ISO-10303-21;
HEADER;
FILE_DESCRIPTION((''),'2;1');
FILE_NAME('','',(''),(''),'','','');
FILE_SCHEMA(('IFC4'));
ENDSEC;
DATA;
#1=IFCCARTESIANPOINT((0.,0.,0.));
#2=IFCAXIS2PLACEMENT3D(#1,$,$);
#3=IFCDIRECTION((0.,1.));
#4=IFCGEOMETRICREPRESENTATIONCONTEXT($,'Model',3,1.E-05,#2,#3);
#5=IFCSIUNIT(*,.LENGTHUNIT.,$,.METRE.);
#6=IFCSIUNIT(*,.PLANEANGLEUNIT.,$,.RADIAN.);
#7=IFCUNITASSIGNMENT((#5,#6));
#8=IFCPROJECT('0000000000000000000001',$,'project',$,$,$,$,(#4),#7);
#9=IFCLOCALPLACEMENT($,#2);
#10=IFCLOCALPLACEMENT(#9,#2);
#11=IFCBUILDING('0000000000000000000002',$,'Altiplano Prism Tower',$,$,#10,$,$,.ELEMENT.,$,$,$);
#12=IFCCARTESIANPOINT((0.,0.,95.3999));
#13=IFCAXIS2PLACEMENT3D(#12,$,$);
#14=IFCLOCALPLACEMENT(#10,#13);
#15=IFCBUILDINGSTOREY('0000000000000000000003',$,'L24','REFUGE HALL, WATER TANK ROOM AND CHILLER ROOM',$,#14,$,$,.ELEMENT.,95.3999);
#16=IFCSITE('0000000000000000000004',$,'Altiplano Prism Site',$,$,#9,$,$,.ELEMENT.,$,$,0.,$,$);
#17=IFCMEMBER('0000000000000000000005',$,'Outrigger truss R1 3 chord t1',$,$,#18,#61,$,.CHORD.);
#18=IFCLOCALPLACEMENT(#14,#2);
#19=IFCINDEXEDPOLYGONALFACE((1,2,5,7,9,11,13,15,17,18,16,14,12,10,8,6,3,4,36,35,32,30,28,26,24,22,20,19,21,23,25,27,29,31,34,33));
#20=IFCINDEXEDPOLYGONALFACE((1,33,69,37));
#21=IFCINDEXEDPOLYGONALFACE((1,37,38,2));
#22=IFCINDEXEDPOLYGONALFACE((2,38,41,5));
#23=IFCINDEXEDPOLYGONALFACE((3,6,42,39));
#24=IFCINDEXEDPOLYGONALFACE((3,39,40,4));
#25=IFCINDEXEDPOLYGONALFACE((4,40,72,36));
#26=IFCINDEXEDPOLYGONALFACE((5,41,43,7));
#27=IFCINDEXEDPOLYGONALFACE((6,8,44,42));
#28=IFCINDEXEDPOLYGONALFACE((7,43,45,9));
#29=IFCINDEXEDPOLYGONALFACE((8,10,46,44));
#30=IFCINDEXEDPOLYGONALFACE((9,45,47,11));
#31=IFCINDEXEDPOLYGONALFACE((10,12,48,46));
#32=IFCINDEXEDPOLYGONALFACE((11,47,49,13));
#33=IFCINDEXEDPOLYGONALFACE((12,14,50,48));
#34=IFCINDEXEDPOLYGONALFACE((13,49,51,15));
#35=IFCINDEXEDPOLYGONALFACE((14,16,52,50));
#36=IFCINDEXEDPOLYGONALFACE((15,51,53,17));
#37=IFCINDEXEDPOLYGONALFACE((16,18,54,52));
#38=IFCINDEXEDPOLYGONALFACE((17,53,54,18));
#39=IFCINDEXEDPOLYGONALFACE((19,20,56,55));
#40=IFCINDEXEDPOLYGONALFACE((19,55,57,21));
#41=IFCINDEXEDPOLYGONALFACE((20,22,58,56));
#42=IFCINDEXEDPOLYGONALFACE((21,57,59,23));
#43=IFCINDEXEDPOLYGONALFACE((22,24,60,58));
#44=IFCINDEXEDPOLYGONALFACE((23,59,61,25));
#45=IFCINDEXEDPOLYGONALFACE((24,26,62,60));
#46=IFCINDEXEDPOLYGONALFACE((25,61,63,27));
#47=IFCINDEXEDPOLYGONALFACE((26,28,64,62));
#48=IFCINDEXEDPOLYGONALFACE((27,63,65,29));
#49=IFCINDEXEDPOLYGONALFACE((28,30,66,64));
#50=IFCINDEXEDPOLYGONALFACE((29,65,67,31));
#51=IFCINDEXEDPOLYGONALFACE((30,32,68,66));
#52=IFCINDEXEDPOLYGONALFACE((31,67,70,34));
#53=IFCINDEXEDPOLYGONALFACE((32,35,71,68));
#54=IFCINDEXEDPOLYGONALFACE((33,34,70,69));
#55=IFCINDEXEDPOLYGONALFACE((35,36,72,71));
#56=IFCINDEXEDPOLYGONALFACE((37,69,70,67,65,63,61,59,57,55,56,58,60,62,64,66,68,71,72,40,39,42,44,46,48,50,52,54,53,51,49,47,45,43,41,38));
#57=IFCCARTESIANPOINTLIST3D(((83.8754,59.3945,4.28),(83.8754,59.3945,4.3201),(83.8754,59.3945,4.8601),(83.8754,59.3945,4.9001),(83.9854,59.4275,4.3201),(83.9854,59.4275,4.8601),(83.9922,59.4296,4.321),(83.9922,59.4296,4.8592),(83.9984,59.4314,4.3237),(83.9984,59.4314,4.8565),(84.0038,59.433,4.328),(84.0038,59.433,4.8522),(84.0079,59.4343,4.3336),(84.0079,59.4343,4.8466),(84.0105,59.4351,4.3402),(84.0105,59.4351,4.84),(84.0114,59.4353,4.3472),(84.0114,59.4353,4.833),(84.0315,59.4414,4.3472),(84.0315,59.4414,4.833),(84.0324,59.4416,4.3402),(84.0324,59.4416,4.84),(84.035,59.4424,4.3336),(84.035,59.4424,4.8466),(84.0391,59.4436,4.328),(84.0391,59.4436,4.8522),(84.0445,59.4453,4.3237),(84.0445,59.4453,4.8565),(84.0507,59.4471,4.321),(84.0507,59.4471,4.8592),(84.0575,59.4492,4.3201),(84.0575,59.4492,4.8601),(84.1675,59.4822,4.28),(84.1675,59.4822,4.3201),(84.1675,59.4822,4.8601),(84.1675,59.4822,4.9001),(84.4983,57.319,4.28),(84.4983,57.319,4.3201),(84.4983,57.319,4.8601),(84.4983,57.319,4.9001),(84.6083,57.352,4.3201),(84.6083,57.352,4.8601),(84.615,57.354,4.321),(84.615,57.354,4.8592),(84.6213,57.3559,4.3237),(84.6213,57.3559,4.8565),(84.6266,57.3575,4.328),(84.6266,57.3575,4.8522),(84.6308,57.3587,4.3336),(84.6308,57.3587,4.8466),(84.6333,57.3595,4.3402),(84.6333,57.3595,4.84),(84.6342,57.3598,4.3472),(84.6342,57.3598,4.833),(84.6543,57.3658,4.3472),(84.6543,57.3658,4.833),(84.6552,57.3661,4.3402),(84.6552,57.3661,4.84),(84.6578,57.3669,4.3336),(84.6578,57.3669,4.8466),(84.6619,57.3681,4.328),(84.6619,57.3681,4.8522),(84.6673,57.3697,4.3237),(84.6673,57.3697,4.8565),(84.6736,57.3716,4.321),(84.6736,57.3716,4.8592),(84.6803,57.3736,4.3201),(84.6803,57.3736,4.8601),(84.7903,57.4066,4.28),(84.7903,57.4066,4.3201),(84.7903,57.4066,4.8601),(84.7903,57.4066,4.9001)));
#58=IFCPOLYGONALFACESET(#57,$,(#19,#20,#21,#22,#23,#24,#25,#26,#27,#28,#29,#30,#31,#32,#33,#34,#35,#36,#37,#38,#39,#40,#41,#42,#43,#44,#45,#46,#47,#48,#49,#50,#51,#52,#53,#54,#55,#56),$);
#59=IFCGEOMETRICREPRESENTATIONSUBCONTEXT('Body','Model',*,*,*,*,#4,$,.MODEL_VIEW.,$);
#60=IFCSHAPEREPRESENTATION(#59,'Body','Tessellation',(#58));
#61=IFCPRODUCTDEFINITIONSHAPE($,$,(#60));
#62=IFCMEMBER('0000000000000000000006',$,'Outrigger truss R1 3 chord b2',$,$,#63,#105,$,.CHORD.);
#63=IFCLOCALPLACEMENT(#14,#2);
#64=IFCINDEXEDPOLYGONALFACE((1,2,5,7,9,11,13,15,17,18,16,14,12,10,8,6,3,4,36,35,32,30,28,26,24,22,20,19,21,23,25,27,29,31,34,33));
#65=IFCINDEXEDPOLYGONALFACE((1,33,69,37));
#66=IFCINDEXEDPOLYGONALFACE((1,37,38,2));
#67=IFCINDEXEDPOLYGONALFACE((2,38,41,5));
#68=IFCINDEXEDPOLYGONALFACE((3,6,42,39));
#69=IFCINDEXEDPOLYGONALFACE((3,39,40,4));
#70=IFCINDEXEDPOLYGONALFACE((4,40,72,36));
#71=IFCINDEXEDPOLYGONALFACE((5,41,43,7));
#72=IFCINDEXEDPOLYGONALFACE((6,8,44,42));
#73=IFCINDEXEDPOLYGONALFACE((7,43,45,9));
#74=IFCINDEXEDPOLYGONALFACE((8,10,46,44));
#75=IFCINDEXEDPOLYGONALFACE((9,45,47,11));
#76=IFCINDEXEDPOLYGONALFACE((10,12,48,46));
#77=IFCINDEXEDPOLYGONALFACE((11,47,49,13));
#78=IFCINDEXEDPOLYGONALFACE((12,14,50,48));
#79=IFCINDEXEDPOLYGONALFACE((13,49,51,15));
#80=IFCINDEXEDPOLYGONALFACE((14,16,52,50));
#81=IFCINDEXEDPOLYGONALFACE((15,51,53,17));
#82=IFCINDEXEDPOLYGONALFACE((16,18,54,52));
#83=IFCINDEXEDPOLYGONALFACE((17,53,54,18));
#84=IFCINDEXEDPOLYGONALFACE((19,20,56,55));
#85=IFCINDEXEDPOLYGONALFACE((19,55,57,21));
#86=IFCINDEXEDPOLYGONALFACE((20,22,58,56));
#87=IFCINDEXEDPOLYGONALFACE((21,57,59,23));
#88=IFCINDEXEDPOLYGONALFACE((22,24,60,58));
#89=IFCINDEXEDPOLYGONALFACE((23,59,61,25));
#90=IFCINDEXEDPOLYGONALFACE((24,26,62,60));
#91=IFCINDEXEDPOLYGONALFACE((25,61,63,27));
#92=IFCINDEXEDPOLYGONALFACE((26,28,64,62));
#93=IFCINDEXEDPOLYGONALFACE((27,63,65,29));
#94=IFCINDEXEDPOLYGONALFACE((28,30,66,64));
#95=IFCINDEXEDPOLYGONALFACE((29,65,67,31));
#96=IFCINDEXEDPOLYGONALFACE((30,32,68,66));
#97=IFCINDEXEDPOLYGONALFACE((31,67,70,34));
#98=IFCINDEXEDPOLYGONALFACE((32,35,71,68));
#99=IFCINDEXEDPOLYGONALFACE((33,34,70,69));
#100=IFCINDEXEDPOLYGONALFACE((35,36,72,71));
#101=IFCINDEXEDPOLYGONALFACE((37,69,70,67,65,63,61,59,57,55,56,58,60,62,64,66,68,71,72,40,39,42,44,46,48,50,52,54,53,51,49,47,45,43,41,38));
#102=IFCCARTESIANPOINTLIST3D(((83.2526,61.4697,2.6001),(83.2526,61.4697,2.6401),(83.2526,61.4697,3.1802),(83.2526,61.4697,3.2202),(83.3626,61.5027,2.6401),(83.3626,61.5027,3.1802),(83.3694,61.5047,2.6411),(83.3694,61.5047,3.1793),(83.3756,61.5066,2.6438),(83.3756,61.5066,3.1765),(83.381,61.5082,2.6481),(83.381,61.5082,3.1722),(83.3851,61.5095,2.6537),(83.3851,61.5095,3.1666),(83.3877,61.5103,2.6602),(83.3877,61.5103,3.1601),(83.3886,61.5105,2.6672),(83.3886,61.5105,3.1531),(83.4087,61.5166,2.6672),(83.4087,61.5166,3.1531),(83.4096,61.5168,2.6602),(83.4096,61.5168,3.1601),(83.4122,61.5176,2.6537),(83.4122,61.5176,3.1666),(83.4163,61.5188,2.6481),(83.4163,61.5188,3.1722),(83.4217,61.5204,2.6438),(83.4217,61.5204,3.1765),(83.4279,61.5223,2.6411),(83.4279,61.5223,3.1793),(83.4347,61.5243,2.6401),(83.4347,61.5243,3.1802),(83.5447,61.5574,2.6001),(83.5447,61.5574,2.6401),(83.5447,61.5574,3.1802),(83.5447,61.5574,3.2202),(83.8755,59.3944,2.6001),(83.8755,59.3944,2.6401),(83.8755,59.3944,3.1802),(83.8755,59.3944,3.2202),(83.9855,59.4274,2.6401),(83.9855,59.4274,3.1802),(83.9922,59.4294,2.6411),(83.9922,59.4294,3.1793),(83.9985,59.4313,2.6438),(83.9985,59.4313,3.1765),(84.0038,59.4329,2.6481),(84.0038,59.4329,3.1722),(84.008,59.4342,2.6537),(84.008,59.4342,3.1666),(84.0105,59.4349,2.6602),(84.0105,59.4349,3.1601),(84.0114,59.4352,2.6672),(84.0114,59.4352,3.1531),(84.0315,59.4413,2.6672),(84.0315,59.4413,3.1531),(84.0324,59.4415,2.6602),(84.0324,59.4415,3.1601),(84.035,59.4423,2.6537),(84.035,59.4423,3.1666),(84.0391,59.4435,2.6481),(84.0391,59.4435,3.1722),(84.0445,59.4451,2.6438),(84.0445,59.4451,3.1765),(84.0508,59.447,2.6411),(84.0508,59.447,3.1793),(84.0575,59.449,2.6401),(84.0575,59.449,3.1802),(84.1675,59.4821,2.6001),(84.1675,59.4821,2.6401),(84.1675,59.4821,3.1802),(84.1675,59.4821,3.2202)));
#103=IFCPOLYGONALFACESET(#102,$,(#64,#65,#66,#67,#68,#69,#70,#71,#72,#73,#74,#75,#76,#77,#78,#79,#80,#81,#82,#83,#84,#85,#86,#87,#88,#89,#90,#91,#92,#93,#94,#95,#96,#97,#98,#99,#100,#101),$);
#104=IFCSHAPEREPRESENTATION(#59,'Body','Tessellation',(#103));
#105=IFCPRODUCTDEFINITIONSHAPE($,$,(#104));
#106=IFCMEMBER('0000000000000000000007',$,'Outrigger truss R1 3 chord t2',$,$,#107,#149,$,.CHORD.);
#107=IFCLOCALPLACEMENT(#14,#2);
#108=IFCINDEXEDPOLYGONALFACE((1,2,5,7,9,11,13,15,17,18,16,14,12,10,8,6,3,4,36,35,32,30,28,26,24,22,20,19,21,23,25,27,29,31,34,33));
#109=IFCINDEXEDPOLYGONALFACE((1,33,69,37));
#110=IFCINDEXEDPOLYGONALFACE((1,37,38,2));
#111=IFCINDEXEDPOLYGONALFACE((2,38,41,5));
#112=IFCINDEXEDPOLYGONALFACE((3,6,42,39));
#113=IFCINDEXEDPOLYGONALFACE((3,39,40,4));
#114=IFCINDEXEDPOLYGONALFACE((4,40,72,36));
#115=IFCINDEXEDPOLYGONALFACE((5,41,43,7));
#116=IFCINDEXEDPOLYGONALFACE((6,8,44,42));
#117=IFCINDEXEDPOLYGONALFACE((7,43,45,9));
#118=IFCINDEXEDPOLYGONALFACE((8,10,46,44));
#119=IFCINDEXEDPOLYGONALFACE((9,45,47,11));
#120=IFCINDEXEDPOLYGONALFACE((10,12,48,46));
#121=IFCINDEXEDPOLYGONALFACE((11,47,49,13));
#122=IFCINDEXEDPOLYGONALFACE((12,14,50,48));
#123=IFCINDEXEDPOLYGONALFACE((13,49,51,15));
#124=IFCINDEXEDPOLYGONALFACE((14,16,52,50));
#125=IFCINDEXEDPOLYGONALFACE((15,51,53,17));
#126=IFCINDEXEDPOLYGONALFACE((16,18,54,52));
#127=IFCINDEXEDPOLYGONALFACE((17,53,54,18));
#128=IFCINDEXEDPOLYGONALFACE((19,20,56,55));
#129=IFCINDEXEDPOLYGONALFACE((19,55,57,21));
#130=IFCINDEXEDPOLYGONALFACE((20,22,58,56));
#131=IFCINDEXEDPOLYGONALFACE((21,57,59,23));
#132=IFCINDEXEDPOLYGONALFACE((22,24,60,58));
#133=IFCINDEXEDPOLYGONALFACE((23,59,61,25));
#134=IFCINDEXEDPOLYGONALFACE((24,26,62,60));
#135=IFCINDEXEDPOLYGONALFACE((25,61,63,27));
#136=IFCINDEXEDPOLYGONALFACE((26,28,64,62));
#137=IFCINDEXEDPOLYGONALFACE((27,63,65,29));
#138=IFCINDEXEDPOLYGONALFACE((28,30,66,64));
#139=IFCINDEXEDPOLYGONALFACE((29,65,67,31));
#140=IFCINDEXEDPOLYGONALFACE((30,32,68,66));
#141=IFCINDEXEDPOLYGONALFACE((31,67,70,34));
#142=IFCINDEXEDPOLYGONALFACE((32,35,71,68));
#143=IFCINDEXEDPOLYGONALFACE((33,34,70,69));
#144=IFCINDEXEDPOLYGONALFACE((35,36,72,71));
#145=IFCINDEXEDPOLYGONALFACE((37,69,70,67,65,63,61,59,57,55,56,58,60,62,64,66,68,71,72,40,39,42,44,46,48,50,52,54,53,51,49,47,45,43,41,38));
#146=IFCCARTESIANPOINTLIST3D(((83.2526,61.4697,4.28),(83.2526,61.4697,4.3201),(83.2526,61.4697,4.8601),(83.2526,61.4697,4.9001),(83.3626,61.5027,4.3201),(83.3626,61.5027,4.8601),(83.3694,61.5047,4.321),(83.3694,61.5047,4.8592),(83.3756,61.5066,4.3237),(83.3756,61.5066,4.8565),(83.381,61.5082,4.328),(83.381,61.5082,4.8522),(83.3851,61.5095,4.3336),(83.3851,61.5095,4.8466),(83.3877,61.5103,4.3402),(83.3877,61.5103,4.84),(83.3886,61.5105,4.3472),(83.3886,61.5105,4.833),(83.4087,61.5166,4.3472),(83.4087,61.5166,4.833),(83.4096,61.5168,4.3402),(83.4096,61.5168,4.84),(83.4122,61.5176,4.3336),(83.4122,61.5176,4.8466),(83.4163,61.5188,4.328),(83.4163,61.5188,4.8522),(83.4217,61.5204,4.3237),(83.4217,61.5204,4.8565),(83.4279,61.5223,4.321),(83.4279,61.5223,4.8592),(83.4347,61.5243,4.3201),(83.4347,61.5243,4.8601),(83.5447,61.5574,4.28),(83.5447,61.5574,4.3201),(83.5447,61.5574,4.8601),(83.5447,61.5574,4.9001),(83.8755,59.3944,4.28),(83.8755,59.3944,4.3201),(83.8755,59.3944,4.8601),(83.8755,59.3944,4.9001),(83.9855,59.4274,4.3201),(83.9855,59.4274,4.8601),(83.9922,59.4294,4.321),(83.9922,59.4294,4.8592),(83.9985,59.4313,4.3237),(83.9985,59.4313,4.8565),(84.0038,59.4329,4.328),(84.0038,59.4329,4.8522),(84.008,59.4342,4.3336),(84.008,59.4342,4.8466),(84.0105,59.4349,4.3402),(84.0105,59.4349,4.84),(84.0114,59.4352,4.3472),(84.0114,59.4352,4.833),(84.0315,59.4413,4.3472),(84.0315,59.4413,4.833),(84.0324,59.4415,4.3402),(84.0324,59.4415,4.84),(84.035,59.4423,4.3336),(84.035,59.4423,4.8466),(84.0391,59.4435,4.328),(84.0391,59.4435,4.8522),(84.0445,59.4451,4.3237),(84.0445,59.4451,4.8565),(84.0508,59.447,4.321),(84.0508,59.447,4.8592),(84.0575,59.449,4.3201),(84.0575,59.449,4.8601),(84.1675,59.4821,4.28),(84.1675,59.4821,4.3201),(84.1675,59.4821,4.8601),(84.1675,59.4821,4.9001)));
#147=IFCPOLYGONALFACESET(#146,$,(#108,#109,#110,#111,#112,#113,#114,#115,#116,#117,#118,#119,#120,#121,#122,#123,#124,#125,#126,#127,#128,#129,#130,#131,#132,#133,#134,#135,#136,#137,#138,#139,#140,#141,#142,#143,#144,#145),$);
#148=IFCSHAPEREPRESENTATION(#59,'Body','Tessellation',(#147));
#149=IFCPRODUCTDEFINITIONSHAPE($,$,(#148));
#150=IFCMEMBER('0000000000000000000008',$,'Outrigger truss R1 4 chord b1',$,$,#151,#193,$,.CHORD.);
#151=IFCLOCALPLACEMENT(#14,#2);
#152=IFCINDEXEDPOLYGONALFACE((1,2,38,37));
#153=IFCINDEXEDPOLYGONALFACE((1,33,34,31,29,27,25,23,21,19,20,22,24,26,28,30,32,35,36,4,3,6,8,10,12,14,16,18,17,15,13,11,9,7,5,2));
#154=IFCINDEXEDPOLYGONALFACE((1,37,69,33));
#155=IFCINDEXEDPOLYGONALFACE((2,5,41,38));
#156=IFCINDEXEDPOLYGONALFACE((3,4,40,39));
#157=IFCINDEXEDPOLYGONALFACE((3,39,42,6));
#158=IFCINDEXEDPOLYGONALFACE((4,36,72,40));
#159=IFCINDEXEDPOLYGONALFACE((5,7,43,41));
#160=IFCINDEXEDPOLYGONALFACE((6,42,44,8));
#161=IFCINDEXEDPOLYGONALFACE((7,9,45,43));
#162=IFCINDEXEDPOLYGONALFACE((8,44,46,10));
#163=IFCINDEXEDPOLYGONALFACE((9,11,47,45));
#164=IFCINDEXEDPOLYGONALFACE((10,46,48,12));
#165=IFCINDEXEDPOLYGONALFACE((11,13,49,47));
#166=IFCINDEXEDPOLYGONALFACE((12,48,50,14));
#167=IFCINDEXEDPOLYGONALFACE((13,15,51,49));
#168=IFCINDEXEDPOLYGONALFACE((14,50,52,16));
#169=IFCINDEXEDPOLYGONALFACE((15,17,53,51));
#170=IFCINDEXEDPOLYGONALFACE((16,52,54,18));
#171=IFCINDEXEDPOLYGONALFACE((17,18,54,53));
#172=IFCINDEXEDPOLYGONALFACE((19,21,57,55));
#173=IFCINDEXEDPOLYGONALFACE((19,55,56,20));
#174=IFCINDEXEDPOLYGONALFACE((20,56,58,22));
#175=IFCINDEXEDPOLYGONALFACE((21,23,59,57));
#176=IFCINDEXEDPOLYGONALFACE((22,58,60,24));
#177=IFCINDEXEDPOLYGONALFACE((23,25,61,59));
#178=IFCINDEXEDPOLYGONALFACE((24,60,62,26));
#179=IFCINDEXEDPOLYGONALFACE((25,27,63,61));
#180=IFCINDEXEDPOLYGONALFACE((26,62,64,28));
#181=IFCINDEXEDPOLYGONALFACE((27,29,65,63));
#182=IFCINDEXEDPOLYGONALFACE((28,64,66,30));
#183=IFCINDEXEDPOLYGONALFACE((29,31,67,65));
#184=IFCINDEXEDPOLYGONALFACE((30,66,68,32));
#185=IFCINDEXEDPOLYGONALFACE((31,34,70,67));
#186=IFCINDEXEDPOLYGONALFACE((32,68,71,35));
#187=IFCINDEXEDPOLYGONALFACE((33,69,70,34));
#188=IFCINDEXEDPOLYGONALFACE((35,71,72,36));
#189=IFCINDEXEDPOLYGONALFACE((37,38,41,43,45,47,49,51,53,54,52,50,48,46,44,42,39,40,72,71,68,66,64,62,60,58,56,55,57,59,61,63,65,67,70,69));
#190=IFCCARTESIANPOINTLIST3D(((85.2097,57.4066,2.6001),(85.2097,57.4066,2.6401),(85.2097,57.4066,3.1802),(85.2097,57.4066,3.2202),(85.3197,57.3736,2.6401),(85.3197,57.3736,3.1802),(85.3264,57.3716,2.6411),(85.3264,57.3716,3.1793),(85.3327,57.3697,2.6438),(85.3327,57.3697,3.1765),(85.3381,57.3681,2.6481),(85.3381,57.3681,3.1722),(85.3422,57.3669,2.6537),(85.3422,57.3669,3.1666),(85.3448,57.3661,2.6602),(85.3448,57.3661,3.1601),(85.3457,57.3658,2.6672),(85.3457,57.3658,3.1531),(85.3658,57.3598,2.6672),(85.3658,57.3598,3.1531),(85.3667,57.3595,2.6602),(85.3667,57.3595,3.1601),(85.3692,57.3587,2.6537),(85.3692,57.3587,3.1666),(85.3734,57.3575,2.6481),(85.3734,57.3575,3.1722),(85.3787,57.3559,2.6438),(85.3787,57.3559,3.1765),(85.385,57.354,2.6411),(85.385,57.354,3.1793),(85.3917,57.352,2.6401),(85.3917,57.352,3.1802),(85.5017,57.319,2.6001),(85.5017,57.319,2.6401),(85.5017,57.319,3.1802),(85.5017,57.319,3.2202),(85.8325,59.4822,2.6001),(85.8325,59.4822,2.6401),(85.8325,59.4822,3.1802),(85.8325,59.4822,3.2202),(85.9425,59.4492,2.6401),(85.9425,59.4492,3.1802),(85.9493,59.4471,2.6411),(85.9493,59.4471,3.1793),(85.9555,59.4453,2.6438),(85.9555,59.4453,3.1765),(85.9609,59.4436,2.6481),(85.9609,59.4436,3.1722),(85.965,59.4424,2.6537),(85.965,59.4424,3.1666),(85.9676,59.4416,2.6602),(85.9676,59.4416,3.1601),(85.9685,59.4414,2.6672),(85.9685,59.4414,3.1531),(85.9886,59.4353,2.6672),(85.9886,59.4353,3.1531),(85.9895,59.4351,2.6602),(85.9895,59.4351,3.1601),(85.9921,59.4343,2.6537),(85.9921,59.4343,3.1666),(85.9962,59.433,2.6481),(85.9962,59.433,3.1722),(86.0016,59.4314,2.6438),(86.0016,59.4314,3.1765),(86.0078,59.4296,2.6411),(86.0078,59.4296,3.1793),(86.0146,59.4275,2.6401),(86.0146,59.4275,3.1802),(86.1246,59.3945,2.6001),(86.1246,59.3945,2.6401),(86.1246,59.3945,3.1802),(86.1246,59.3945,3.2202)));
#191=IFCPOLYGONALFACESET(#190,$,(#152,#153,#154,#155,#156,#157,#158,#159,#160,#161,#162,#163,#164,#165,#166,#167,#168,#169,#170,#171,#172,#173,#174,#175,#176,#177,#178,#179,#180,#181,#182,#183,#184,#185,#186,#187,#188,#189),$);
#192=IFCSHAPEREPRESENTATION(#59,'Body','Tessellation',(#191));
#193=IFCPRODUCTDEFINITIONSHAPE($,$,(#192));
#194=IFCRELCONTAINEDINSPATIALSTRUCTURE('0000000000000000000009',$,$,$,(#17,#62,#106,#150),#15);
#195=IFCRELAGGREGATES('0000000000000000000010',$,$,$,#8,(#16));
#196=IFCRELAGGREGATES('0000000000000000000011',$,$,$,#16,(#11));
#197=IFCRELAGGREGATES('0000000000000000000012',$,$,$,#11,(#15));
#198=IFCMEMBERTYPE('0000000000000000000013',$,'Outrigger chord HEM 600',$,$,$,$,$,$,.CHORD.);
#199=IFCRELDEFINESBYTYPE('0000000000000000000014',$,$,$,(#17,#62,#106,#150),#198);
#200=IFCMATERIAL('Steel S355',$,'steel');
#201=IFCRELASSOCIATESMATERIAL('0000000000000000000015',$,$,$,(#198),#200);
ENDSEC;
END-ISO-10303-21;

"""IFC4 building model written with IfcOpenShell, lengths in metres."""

from ifc_helpers import new_model, si_unit, direction, frame, origin, origin_2d, place, context, subcontext, project, spatial, i_section, extrude, material, material_profile, profile_set, type_object, element, save


model = new_model("IFC4")

# Units and contexts
model_context = context("Model", 3, precision=1e-05, world=origin(), true_north=direction((0.0, 1.0)))
body_context = subcontext(model_context, "Body", "Model", "MODEL_VIEW")
ifc_project = project(units=[si_unit("LENGTHUNIT", "METRE"), si_unit("PLANEANGLEUNIT", "RADIAN")], contexts=[model_context])

# Site, building, storey
site_placement = place(None, origin())
site = spatial("IfcSite", under=ifc_project, at=site_placement, Name="Altiplano Prism Site", CompositionType="ELEMENT", RefElevation=0.0)
building_placement = place(site_placement, origin())
building = spatial("IfcBuilding", under=site, at=building_placement, Name="Altiplano Prism Tower", CompositionType="ELEMENT")
storey_placement = place(building_placement, frame((0.0, 0.0, 95.3999)))
storey = spatial("IfcBuildingStorey", under=building, at=storey_placement, Name="L24", Description="REFUGE HALL, WATER TANK ROOM AND CHILLER ROOM", CompositionType="ELEMENT", Elevation=95.3999)

# Shared definitions
ifc_material_1 = material(Name="Steel S355", Category="steel")

# Members
ifc_material_profile_1 = material_profile(ifc_material_1, i_section(OverallWidth=0.3049, OverallDepth=0.6201, WebThickness=0.021, FlangeThickness=0.04, FilletRadius=0.0271, at=origin_2d()), Name="Outrigger chord HEM 600")
ifc_profile_set_1 = profile_set([ifc_material_profile_1], Name="Steel S355")
member_type_1 = type_object("IfcMemberType", Name="Outrigger chord HEM 600", PredefinedType="CHORD", material=ifc_profile_set_1)
for number, where, z_axis, x_axis, name in (
    (1, (84.6443, 57.3628, 4.5901), (-0.28742, 0.957805, 0.0), (-0.957805, -0.28742, 0.0), "Outrigger truss R1 3 chord t1"),
):
    element("IfcMember", number, at=place(storey_placement, frame(where, z_axis=z_axis, x_axis=x_axis)), inside=storey, type_object=member_type_1, Name=name, PredefinedType="CHORD", context=body_context, shape_type="SweptSolid", body=[
        extrude(i_section(OverallWidth=0.3049, OverallDepth=0.6201, WebThickness=0.021, FlangeThickness=0.04, FilletRadius=0.0271, at=origin_2d()), origin(), (0.0, 0.0, 1.0), 2.167),
    ])
for number, where, z_axis, x_axis, name in (
    (2, (84.0215, 59.4382, 2.9102), (-0.287451, 0.957795, 0.0), (-0.957795, -0.287451, 0.0), "Outrigger truss R1 3 chord b2"),
    (3, (84.0215, 59.4382, 4.5901), (-0.287451, 0.957795, 0.0), (-0.957795, -0.287451, 0.0), "Outrigger truss R1 3 chord t2"),
):
    element("IfcMember", number, at=place(storey_placement, frame(where, z_axis=z_axis, x_axis=x_axis)), inside=storey, type_object=member_type_1, Name=name, PredefinedType="CHORD", context=body_context, shape_type="SweptSolid", body=[
        extrude(i_section(OverallWidth=0.3049, OverallDepth=0.6201, WebThickness=0.021, FlangeThickness=0.04, FilletRadius=0.0271, at=origin_2d()), origin(), (0.0, 0.0, 1.0), 2.1667),
    ])
for number, where, z_axis, x_axis, name in (
    (4, (85.3557, 57.3628, 2.9102), (0.28742, 0.957805, 0.0), (-0.957805, 0.28742, 0.0), "Outrigger truss R1 4 chord b1"),
):
    element("IfcMember", number, at=place(storey_placement, frame(where, z_axis=z_axis, x_axis=x_axis)), inside=storey, type_object=member_type_1, Name=name, PredefinedType="CHORD", context=body_context, shape_type="SweptSolid", body=[
        extrude(i_section(OverallWidth=0.3049, OverallDepth=0.6201, WebThickness=0.021, FlangeThickness=0.04, FilletRadius=0.0271, at=origin_2d()), origin(), (0.0, 0.0, 1.0), 2.167),
    ])

save(model, "model.ifc")
